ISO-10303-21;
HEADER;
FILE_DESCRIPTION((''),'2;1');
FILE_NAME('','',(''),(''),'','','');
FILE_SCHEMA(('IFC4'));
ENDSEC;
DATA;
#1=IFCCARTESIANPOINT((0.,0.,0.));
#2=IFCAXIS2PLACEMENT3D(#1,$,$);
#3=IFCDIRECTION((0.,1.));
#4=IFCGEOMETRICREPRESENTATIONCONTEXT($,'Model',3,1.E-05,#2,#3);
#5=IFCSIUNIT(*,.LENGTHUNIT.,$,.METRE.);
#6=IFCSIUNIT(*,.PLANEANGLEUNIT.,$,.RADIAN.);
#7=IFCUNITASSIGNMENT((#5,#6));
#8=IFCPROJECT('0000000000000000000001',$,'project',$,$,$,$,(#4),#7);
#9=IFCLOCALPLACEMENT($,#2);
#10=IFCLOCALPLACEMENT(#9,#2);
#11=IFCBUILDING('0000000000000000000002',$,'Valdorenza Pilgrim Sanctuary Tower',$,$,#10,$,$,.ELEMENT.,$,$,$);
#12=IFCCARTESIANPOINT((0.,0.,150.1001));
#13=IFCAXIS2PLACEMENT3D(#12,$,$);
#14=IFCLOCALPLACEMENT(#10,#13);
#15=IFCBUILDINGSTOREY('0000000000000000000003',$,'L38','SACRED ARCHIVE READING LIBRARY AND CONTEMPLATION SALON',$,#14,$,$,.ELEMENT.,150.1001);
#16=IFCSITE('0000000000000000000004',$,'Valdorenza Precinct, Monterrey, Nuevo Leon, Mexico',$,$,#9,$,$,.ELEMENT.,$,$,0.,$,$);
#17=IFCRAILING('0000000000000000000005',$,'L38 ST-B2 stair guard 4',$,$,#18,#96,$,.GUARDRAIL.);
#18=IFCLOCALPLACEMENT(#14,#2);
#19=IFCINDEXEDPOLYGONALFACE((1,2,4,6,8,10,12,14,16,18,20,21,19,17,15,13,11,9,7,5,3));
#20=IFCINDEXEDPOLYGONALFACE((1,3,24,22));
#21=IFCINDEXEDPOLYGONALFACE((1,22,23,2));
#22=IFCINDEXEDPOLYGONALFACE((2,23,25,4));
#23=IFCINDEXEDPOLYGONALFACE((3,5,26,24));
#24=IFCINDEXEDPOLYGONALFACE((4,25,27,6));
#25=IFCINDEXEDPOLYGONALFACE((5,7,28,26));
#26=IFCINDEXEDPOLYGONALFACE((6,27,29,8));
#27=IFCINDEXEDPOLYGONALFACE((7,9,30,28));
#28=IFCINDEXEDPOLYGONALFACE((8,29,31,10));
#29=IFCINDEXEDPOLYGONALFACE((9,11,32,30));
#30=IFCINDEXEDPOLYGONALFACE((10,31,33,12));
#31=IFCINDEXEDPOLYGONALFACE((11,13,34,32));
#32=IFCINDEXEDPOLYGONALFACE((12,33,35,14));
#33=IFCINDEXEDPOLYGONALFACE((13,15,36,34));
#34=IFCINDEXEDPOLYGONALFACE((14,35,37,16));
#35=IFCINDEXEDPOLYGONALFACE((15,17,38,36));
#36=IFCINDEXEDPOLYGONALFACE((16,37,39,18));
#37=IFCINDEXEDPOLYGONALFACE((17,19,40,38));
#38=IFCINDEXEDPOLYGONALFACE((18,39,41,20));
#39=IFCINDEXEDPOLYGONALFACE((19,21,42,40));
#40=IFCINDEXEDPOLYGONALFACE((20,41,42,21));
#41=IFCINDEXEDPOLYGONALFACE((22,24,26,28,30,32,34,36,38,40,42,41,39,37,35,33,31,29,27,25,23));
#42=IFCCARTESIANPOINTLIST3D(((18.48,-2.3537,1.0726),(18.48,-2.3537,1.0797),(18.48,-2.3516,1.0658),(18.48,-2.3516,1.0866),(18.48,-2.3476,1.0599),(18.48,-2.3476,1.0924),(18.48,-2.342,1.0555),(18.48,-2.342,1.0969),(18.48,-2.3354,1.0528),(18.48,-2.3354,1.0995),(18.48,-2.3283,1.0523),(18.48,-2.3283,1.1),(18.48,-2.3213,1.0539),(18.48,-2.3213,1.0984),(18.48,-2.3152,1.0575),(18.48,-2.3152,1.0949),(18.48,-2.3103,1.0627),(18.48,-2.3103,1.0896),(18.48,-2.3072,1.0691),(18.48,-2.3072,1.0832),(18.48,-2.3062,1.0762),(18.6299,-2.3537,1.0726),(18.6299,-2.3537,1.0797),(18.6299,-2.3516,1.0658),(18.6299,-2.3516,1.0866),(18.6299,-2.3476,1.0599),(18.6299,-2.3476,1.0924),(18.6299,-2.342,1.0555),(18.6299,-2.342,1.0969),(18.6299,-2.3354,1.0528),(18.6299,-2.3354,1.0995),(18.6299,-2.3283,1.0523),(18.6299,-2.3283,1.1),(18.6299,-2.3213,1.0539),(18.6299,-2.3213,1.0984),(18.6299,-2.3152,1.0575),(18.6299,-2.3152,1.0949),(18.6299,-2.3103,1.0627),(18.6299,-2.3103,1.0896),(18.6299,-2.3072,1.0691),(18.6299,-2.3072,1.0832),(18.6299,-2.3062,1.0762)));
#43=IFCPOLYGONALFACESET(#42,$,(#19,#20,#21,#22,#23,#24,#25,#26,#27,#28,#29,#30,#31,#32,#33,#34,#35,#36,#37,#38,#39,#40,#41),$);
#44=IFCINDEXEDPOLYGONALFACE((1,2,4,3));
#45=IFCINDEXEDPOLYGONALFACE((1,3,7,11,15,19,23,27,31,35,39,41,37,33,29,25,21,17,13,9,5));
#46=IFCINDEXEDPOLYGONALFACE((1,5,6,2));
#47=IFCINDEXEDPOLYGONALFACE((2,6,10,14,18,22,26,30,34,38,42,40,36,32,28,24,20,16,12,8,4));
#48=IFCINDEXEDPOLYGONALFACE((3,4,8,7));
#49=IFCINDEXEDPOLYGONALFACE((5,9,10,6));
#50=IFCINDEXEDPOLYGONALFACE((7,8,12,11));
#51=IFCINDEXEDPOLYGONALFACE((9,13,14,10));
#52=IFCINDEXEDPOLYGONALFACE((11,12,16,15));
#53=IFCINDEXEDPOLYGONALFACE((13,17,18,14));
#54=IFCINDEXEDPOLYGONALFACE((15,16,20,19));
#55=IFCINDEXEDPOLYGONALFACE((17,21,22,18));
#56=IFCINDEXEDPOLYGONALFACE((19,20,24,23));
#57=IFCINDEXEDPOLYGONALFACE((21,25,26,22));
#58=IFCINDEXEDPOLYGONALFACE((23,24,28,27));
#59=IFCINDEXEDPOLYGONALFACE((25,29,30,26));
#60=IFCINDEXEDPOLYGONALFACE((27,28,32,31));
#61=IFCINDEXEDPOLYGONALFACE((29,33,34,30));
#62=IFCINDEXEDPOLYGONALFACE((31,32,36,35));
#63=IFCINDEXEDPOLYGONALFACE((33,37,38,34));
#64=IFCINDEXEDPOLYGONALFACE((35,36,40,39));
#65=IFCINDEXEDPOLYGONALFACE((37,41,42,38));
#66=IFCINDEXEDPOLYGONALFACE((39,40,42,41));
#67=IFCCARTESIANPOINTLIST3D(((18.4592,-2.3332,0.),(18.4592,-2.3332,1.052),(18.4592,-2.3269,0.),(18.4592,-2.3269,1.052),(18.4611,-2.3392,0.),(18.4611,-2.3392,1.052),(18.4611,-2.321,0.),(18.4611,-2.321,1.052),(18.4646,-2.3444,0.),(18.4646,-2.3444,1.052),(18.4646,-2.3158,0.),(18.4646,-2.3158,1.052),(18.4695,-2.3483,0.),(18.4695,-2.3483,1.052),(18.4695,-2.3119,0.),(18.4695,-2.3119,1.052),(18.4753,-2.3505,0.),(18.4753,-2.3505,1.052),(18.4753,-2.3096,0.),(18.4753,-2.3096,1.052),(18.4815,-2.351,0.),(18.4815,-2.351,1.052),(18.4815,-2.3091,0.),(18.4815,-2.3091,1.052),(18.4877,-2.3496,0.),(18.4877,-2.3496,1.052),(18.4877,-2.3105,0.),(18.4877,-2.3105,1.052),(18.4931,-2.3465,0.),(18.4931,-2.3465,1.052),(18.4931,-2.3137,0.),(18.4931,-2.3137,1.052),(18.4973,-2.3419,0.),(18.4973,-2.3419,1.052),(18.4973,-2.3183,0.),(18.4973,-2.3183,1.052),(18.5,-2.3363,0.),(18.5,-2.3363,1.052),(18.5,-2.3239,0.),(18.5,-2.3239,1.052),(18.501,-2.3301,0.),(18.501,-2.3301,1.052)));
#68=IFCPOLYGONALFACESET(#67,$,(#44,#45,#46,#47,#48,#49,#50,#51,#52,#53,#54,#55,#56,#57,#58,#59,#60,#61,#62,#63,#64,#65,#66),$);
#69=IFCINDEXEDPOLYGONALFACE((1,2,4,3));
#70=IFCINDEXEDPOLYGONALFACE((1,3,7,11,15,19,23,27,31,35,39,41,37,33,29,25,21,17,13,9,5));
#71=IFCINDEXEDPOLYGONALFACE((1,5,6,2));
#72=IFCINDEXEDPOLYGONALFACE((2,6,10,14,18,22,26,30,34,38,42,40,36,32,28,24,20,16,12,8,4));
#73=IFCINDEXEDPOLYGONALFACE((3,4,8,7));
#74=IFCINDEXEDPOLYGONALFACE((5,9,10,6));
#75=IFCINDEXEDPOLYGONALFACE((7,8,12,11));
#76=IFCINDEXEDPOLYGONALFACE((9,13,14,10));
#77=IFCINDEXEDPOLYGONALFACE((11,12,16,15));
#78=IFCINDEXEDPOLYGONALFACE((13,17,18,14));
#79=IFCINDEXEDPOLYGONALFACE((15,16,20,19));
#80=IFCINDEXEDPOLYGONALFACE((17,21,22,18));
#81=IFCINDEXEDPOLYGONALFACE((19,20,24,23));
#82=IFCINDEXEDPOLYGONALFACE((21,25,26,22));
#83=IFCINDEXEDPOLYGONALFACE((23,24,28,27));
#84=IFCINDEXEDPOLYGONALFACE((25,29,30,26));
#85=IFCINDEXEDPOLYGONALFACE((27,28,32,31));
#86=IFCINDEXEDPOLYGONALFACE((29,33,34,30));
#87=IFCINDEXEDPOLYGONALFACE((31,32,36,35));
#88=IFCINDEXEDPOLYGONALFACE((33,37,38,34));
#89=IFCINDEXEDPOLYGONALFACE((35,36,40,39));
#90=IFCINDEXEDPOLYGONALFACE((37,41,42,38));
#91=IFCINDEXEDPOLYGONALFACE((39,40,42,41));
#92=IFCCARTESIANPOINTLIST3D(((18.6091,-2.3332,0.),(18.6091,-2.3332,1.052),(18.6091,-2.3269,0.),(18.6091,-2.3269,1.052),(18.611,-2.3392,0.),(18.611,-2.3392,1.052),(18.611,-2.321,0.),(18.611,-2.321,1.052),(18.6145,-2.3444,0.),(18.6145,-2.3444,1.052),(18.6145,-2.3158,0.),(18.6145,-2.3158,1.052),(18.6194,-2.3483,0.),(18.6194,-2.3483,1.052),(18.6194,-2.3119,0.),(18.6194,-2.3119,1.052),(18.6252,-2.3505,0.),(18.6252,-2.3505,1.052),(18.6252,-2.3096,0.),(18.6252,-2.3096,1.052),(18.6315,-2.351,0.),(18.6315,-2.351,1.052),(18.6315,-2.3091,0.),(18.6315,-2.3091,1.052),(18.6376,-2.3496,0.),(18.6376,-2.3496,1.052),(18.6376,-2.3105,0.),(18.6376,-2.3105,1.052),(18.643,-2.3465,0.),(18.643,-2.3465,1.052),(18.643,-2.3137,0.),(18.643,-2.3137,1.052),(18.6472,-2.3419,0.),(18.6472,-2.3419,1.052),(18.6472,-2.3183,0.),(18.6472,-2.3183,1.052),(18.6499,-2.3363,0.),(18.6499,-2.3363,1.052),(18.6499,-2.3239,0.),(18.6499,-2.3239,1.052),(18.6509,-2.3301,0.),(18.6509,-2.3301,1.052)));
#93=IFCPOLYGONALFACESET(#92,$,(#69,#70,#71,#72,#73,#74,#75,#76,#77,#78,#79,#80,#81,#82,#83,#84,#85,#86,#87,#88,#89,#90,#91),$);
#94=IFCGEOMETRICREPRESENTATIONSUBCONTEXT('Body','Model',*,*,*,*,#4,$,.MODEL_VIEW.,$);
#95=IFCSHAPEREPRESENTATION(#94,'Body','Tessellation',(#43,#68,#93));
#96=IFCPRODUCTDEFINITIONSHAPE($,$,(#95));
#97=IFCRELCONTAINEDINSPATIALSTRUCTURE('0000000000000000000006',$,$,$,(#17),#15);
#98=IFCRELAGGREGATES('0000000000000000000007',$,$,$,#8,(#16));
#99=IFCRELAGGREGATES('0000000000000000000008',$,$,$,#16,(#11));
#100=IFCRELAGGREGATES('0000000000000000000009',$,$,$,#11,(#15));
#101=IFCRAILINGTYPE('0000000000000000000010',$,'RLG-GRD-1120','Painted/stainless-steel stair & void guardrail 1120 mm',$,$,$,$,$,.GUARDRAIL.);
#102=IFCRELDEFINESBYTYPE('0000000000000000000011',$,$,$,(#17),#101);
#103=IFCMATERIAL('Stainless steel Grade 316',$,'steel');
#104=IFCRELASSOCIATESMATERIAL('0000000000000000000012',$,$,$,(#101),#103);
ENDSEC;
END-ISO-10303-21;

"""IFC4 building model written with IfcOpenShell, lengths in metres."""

from ifc_helpers import new_model, si_unit, direction, frame, origin, origin_2d, place, context, subcontext, project, spatial, circle, extrude, material, type_object, element, save


model = new_model("IFC4")

# Units and contexts
model_context = context("Model", 3, precision=1e-05, world=origin(), true_north=direction((0.0, 1.0)))
body_context = subcontext(model_context, "Body", "Model", "MODEL_VIEW")
ifc_project = project(units=[si_unit("LENGTHUNIT", "METRE"), si_unit("PLANEANGLEUNIT", "RADIAN")], contexts=[model_context])

# Site, building, storey
site_placement = place(None, origin())
site = spatial("IfcSite", under=ifc_project, at=site_placement, Name="Valdorenza Precinct, Monterrey, Nuevo Leon, Mexico", CompositionType="ELEMENT", RefElevation=0.0)
building_placement = place(site_placement, origin())
building = spatial("IfcBuilding", under=site, at=building_placement, Name="Valdorenza Pilgrim Sanctuary Tower", CompositionType="ELEMENT")
storey_placement = place(building_placement, frame((0.0, 0.0, 150.1001)))
storey = spatial("IfcBuildingStorey", under=building, at=storey_placement, Name="L38", Description="SACRED ARCHIVE READING LIBRARY AND CONTEMPLATION SALON", CompositionType="ELEMENT", Elevation=150.1001)

# Railing
ifc_material_1 = material(Name="Stainless steel Grade 316", Category="steel")
railing_type_1 = type_object("IfcRailingType", Name="RLG-GRD-1120", Description="Painted/stainless-steel stair & void guardrail 1120 mm", PredefinedType="GUARDRAIL", material=ifc_material_1)
railing_1_placement = place(storey_placement, frame((18.48, -2.3301, 0.0)))
element("IfcRailing", 1, at=railing_1_placement, inside=storey, type_object=railing_type_1, Name="L38 ST-B2 stair guard 4", PredefinedType="GUARDRAIL", context=body_context, shape_type="SweptSolid", body=[
    extrude(circle(Radius=0.0239, at=origin_2d()), frame((0.0, 0.0, 1.0762), z_axis=(1.0, 0.0, 0.0), x_axis=(0.0, 1.0, 0.0)), (0.0, 0.0, 1.0), 0.1499),
    extrude(circle(Radius=0.021, at=origin_2d()), origin(), (0.0, 0.0, 1.0), 1.052),
    extrude(circle(Radius=0.021, at=origin_2d()), frame((0.1499, 0.0, 0.0)), (0.0, 0.0, 1.0), 1.052),
])

save(model, "model.ifc")
